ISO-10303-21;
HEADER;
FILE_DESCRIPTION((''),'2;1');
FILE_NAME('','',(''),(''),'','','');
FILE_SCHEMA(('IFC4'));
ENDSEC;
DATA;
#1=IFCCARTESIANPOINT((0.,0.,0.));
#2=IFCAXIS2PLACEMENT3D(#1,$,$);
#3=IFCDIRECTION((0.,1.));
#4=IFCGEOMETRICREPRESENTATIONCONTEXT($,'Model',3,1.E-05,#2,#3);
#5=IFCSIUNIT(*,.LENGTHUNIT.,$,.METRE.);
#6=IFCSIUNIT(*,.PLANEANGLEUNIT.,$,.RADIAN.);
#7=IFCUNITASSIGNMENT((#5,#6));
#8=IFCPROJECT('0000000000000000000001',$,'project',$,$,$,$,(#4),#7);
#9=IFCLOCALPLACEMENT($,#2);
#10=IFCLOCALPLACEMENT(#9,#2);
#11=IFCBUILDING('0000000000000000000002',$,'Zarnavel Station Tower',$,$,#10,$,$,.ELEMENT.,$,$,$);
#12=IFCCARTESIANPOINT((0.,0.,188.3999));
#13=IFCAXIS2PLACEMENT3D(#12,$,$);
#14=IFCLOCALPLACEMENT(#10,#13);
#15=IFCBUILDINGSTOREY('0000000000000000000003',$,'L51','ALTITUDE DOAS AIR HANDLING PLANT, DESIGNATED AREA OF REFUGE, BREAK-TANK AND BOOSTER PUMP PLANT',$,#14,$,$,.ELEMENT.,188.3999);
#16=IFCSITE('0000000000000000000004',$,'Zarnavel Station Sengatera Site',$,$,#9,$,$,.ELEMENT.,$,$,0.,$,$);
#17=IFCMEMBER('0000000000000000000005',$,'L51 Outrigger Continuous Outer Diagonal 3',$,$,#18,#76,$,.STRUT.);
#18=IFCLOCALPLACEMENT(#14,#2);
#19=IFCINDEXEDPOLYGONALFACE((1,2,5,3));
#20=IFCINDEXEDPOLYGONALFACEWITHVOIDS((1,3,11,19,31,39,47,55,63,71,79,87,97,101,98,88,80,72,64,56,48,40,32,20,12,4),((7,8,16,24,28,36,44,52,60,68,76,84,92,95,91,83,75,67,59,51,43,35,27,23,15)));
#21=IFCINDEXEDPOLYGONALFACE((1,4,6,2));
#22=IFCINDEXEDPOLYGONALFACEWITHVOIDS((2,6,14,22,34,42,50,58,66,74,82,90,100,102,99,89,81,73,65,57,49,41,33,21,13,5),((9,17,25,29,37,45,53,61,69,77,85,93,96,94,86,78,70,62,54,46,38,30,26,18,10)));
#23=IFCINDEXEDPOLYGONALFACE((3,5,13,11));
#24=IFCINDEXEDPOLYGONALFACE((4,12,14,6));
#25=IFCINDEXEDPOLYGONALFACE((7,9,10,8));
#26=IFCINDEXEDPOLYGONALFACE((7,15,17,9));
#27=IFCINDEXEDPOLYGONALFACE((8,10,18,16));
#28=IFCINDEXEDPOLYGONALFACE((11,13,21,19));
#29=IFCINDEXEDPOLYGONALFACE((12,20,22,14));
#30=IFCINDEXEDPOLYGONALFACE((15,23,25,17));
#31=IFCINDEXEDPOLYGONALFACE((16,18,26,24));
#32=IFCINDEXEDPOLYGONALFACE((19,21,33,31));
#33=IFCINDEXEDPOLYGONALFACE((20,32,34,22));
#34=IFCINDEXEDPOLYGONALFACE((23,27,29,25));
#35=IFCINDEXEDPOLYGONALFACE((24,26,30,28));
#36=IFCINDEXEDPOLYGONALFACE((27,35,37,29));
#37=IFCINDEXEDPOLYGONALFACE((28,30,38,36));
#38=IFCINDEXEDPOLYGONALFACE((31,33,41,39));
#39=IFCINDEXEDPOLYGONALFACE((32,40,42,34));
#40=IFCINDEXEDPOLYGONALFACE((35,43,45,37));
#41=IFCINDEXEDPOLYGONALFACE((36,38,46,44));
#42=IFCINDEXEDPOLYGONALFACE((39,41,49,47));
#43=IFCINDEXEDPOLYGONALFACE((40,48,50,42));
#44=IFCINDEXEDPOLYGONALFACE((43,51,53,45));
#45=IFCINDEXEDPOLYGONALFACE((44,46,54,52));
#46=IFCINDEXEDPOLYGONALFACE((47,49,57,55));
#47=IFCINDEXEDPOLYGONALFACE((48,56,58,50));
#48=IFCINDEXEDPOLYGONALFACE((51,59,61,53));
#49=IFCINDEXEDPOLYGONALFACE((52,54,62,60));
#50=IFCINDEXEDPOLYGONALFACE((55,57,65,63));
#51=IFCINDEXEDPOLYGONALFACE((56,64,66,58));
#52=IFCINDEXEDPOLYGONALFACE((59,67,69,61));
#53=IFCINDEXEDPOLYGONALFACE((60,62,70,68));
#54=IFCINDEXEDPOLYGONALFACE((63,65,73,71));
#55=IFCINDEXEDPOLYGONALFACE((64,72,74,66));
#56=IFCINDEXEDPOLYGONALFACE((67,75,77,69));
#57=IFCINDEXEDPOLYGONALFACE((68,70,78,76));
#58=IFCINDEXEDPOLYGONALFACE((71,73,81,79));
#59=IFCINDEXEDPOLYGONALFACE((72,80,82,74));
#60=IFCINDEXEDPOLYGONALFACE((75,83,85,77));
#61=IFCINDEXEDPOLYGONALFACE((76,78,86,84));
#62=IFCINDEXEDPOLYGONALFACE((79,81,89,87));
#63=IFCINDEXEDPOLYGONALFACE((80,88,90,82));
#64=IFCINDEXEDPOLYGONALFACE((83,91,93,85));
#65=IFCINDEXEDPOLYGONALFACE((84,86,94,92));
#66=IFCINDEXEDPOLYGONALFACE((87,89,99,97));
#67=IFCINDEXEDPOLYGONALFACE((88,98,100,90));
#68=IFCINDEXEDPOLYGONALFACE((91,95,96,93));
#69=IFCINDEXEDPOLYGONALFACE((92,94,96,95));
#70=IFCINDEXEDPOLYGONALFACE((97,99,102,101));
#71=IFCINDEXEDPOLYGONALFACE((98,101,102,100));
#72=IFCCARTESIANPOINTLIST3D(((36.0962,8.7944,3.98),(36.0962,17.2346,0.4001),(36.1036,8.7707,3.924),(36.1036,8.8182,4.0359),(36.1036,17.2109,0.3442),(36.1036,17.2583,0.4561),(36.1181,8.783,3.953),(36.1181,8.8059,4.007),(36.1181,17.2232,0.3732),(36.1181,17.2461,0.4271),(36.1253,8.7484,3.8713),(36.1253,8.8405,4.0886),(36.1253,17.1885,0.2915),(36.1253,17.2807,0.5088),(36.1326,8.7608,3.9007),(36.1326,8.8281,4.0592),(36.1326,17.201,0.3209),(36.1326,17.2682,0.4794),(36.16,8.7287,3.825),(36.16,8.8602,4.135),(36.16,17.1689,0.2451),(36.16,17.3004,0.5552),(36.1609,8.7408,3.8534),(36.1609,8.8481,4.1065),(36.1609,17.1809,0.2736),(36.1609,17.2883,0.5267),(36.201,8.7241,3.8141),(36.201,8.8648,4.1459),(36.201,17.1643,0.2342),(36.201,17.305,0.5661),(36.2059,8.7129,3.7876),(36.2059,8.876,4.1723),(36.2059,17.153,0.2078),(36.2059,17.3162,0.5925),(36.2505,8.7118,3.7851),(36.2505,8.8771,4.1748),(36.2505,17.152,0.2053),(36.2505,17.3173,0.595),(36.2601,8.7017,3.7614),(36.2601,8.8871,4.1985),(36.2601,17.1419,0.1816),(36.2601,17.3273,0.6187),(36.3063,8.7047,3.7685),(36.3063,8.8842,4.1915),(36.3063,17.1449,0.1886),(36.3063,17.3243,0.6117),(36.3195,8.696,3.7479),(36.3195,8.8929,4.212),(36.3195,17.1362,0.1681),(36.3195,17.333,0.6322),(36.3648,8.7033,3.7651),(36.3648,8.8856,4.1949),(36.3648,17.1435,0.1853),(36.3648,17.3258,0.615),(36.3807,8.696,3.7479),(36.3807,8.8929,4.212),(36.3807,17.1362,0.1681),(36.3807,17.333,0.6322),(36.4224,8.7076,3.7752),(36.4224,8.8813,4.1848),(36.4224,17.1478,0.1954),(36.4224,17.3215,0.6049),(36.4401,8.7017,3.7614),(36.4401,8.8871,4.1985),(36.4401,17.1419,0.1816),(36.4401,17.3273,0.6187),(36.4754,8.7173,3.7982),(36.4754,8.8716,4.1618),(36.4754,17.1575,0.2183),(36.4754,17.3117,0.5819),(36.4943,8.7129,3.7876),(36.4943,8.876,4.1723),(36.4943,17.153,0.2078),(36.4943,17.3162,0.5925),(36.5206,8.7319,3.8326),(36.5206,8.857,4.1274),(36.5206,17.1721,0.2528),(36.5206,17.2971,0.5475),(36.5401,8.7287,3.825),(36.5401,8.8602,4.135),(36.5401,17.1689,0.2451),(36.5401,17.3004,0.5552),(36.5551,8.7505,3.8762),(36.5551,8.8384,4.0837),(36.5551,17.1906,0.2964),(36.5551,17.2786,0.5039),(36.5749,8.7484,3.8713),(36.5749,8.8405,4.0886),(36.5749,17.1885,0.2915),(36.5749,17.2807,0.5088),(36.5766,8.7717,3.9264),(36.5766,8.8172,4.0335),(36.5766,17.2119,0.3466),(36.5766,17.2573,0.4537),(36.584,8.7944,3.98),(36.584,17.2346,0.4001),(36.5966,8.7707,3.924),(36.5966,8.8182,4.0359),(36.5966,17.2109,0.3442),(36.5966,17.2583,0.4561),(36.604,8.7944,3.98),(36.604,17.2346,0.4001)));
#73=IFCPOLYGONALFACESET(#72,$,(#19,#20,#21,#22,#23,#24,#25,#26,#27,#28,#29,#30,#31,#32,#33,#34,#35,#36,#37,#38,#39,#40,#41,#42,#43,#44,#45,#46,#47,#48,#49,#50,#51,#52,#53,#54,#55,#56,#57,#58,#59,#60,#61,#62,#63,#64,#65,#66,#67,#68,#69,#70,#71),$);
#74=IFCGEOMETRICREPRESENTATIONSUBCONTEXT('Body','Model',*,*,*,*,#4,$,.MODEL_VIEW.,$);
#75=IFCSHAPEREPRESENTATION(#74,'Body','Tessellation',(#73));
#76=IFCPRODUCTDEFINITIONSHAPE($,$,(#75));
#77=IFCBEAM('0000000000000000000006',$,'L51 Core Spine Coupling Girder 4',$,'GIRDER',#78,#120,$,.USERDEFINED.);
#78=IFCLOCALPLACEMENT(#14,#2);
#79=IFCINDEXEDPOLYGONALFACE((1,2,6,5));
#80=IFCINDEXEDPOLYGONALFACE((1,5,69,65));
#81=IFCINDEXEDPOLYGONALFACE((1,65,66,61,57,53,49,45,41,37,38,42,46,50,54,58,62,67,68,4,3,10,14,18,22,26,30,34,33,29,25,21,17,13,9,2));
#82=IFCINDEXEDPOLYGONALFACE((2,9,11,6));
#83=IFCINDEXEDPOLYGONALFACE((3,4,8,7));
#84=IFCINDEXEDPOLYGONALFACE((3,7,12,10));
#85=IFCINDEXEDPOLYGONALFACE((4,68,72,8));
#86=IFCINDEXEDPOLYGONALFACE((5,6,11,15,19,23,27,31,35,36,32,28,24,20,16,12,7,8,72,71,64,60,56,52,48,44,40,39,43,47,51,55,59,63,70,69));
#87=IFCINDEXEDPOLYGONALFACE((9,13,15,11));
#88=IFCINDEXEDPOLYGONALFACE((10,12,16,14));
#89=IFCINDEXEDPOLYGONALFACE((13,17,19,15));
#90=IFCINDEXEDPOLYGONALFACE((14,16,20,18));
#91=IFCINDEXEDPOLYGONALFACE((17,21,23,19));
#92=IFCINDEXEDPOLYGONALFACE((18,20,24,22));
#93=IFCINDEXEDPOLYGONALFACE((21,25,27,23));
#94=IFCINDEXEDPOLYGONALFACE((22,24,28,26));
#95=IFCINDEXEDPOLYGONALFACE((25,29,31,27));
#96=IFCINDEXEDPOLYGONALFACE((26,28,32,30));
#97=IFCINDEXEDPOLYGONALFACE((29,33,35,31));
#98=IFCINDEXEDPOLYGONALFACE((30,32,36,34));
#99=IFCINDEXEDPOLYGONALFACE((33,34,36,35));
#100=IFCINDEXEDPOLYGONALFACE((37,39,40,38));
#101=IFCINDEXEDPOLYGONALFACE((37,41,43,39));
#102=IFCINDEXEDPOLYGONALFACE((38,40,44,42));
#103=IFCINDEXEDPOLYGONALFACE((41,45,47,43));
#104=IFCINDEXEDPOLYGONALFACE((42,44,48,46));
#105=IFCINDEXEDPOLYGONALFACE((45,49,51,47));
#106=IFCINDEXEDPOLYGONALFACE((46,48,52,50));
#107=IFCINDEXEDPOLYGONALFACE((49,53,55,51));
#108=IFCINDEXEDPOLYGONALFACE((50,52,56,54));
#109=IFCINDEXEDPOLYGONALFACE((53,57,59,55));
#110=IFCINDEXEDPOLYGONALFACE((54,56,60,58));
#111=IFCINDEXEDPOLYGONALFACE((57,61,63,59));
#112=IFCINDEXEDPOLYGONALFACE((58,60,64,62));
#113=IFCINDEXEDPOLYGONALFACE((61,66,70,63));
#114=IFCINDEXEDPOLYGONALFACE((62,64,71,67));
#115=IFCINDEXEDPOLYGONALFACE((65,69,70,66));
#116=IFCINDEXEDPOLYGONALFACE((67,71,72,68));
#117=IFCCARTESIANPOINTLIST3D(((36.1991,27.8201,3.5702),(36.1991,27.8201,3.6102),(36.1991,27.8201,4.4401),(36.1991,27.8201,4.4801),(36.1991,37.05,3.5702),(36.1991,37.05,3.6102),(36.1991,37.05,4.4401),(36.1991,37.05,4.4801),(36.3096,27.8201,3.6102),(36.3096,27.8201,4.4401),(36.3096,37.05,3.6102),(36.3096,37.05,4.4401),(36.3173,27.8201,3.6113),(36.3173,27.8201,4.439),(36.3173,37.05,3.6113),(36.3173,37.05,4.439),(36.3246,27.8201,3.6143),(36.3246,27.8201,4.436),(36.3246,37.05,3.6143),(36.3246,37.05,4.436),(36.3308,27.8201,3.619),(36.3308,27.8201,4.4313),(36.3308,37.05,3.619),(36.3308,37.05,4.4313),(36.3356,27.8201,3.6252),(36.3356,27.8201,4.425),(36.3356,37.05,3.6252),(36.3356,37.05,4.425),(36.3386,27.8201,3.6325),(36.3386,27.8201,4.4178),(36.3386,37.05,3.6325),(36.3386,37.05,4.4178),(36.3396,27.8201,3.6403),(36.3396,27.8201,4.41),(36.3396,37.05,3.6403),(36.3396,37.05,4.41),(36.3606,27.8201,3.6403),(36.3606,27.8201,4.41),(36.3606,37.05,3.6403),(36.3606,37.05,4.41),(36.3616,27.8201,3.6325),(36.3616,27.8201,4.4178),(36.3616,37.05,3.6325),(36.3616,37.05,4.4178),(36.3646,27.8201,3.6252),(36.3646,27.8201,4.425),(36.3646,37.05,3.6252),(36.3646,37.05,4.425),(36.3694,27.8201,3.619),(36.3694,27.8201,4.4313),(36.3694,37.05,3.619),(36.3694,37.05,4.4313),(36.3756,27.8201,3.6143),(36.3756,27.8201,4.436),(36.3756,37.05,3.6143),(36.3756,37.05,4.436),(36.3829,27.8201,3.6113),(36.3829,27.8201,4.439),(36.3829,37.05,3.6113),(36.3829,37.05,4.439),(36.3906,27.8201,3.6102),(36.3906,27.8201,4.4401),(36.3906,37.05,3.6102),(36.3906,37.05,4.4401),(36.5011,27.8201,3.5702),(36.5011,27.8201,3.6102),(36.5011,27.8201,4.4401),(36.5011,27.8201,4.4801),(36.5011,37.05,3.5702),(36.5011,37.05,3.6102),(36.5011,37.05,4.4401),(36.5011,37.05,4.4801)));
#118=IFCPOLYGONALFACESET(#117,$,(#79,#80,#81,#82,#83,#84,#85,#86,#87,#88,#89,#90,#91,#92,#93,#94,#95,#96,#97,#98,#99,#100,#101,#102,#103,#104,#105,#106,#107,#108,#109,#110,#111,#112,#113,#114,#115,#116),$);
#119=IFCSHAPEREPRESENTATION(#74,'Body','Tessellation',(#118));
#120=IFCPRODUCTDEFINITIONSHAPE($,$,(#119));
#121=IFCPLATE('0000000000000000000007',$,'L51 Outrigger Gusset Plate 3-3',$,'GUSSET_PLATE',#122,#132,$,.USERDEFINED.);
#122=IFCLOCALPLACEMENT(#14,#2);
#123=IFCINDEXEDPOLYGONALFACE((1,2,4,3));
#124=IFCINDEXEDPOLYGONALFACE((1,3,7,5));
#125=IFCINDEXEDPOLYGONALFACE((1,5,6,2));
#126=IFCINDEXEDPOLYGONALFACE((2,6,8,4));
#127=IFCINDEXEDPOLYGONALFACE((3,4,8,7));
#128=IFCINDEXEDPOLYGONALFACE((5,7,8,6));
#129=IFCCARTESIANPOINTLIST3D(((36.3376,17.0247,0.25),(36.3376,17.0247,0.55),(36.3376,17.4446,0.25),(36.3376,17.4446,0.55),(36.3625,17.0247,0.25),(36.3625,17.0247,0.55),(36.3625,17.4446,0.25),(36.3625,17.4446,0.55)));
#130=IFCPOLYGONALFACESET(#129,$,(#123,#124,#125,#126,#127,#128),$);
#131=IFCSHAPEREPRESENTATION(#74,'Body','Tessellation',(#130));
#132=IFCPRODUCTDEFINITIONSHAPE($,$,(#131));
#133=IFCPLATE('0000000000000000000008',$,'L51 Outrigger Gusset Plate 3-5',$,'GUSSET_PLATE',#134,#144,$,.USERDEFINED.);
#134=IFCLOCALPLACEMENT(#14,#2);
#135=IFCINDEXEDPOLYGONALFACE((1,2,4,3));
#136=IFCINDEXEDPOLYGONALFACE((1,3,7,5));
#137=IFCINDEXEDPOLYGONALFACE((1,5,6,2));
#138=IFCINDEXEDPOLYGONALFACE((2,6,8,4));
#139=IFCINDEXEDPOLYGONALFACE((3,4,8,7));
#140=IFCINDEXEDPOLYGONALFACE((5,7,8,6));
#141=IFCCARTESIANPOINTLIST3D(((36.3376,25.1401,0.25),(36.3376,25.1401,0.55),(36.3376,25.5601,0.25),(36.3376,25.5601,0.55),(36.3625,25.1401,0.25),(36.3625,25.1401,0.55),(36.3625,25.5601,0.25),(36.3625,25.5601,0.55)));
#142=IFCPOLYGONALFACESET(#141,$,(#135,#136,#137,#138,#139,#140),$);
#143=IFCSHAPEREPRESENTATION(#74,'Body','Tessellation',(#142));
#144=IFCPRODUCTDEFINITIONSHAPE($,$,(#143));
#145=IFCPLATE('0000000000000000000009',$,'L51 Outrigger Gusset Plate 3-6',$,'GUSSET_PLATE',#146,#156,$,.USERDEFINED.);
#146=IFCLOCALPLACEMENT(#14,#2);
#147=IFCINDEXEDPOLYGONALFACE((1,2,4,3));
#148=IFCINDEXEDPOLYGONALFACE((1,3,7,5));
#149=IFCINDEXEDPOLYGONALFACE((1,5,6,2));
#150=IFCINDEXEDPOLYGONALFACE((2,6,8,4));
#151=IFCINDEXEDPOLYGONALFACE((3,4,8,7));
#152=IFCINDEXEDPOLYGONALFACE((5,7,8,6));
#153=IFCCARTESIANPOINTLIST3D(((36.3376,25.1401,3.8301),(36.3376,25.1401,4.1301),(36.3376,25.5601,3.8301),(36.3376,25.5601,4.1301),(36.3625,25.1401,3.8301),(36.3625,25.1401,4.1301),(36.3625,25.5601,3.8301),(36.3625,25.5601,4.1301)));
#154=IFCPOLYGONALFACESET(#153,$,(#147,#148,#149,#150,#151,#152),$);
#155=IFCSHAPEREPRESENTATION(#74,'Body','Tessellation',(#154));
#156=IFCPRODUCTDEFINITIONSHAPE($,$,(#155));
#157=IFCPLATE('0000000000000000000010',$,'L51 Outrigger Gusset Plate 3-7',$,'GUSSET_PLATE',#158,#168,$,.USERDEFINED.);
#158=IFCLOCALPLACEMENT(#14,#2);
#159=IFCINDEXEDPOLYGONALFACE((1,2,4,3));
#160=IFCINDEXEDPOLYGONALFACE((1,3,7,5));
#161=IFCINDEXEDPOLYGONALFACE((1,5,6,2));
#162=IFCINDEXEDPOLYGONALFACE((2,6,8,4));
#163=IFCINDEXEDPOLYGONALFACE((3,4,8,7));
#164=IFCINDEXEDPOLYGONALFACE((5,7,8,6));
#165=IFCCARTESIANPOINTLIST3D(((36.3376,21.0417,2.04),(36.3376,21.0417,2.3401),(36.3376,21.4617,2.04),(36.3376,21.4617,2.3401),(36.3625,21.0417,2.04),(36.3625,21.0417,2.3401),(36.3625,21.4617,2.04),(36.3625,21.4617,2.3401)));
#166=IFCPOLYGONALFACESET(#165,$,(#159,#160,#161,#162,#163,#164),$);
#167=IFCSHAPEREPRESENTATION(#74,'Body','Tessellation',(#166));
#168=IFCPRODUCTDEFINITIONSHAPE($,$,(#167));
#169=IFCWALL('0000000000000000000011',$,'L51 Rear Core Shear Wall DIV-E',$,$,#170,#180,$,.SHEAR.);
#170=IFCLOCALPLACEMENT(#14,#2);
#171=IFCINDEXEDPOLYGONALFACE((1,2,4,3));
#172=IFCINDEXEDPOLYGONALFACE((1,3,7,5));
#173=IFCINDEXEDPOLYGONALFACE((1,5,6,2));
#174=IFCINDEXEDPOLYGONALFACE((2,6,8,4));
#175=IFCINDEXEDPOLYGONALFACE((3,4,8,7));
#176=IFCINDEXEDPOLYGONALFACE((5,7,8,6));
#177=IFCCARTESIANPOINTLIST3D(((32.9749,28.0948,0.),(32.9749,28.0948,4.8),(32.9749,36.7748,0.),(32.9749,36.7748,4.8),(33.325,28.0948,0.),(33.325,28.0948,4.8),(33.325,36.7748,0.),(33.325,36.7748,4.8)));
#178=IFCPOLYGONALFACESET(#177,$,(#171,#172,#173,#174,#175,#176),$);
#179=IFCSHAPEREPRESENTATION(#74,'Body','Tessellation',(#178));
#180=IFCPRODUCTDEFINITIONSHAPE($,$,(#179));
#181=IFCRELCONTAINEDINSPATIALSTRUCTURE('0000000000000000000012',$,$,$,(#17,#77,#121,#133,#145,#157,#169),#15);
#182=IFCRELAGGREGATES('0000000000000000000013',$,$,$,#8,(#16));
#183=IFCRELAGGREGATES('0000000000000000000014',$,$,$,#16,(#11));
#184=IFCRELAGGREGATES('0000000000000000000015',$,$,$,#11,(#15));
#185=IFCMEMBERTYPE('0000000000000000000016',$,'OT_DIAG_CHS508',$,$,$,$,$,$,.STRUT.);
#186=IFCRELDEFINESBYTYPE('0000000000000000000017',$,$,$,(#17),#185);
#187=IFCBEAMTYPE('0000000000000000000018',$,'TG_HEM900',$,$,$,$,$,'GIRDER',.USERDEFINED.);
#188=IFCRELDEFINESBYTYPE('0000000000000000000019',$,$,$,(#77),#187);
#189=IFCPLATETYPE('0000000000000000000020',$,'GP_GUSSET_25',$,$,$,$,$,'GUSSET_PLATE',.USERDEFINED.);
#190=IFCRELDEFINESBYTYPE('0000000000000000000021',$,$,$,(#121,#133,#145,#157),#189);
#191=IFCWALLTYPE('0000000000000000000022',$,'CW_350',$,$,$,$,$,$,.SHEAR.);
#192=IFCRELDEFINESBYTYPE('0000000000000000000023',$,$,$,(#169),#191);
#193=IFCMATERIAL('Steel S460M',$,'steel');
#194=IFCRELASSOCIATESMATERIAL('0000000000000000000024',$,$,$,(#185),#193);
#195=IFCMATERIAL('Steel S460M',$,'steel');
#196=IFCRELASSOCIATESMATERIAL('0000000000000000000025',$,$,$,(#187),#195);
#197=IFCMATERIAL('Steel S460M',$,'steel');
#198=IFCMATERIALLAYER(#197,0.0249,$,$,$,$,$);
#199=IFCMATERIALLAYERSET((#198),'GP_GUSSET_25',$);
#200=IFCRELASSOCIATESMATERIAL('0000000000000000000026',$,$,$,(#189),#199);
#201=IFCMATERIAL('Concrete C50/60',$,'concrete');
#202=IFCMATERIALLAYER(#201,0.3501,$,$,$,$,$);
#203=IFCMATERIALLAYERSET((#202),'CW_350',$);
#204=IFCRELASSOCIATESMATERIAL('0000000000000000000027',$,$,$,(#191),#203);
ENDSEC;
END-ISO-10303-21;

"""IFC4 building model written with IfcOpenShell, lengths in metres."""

from ifc_helpers import new_model, si_unit, direction, frame, frame_2d, origin, origin_2d, place, context, subcontext, project, spatial, rectangle, hollow_circle, i_section, extrude, material, layer, layer_set, material_profile, profile_set, type_object, element, save


model = new_model("IFC4")

# Units and contexts
model_context = context("Model", 3, precision=1e-05, world=origin(), true_north=direction((0.0, 1.0)))
body_context = subcontext(model_context, "Body", "Model", "MODEL_VIEW")
ifc_project = project(units=[si_unit("LENGTHUNIT", "METRE"), si_unit("PLANEANGLEUNIT", "RADIAN")], contexts=[model_context])

# Site, building, storey
site_placement = place(None, origin())
site = spatial("IfcSite", under=ifc_project, at=site_placement, Name="Zarnavel Station Sengatera Site", CompositionType="ELEMENT", RefElevation=0.0)
building_placement = place(site_placement, origin())
building = spatial("IfcBuilding", under=site, at=building_placement, Name="Zarnavel Station Tower", CompositionType="ELEMENT")
storey_placement = place(building_placement, frame((0.0, 0.0, 188.3999)))
storey = spatial("IfcBuildingStorey", under=building, at=storey_placement, Name="L51", Description="ALTITUDE DOAS AIR HANDLING PLANT, DESIGNATED AREA OF REFUGE, BREAK-TANK AND BOOSTER PUMP PLANT", CompositionType="ELEMENT", Elevation=188.3999)

# Member
ifc_material_1 = material(Name="Steel S460M", Category="steel")
ifc_material_profile_1 = material_profile(ifc_material_1, hollow_circle(Radius=0.2539, WallThickness=0.02, at=origin_2d()), Name="CHS508x20")
ifc_profile_set_1 = profile_set([ifc_material_profile_1], Name="Steel S460M")
member_type = type_object("IfcMemberType", Name="OT_DIAG_CHS508", PredefinedType="STRUT", material=ifc_profile_set_1)
member_1_placement = place(storey_placement, frame((36.3501, 17.2346, 0.4001), z_axis=(0.0, -0.920615, 0.390471), x_axis=(1.0, 0.0, 0.0)))
element("IfcMember", 1, at=member_1_placement, inside=storey, type_object=member_type, Name="L51 Outrigger Continuous Outer Diagonal 3", PredefinedType="STRUT", context=body_context, shape_type="SweptSolid", body=[
    extrude(hollow_circle(Radius=0.2539, WallThickness=0.02, at=origin_2d()), origin(), (0.0, 0.0, 1.0), 9.168),
])

# Beam
ifc_material_2 = material(Name="Steel S460M", Category="steel")
ifc_material_profile_2 = material_profile(ifc_material_2, i_section(OverallWidth=0.302, OverallDepth=0.9099, WebThickness=0.021, FlangeThickness=0.04, FilletRadius=0.03, at=origin_2d()), Name="HEM900")
ifc_profile_set_2 = profile_set([ifc_material_profile_2], Name="Steel S460M")
beam_type_1 = type_object("IfcBeamType", Name="TG_HEM900", ElementType="GIRDER", PredefinedType="USERDEFINED", material=ifc_profile_set_2)
beam_1_placement = place(storey_placement, frame((36.3501, 27.8201, 4.0251), z_axis=(0.0, 1.0, 0.0), x_axis=(-1.0, 0.0, 0.0)))
element("IfcBeam", 2, at=beam_1_placement, inside=storey, type_object=beam_type_1, Name="L51 Core Spine Coupling Girder 4", ObjectType="GIRDER", PredefinedType="USERDEFINED", context=body_context, shape_type="SweptSolid", body=[
    extrude(i_section(OverallWidth=0.302, OverallDepth=0.9099, WebThickness=0.021, FlangeThickness=0.04, FilletRadius=0.03, at=origin_2d()), origin(), (0.0, 0.0, 1.0), 9.23),
])

# Plates
ifc_material_3 = material(Name="Steel S460M", Category="steel")
ifc_layer_1 = layer(ifc_material_3, 0.0249)
ifc_layer_set_1 = layer_set([ifc_layer_1], Name="GP_GUSSET_25")
plate_type = type_object("IfcPlateType", Name="GP_GUSSET_25", ElementType="GUSSET_PLATE", PredefinedType="USERDEFINED", material=ifc_layer_set_1)
for number, where, z_axis, x_axis, name in (
    (3, (36.3501, 17.2346, 0.25), (0.0, 0.0, 1.0), (1.0, 0.0, 0.0), "L51 Outrigger Gusset Plate 3-3"),
    (4, (36.3501, 25.3501, 0.25), (0.0, 0.0, 1.0), (1.0, 0.0, 0.0), "L51 Outrigger Gusset Plate 3-5"),
    (5, (36.3501, 25.3501, 3.8301), (0.0, 0.0, 1.0), (1.0, 0.0, 0.0), "L51 Outrigger Gusset Plate 3-6"),
    (6, (36.3501, 21.2517, 2.04), (0.0, 0.0, 1.0), (1.0, 0.0, 0.0), "L51 Outrigger Gusset Plate 3-7"),
):
    element("IfcPlate", number, at=place(storey_placement, frame(where, z_axis=z_axis, x_axis=x_axis)), inside=storey, type_object=plate_type, Name=name, ObjectType="GUSSET_PLATE", PredefinedType="USERDEFINED", context=body_context, shape_type="SweptSolid", body=[
        extrude(rectangle(XDim=0.0249, YDim=0.4199, at=origin_2d()), origin(), (0.0, 0.0, 1.0), 0.3),
    ])

# Wall
ifc_material_4 = material(Name="Concrete C50/60", Category="concrete")
ifc_layer_2 = layer(ifc_material_4, 0.3501)
ifc_layer_set_2 = layer_set([ifc_layer_2], Name="CW_350")
wall_type_1 = type_object("IfcWallType", Name="CW_350", PredefinedType="SHEAR", material=ifc_layer_set_2)
wall_1_placement = place(storey_placement, frame((33.1499, 28.095, 0.0), z_axis=(0.0, 0.0, 1.0), x_axis=(0.0, 1.0, 0.0)))
element("IfcWall", 7, at=wall_1_placement, inside=storey, type_object=wall_type_1, Name="L51 Rear Core Shear Wall DIV-E", PredefinedType="SHEAR", context=body_context, shape_type="SweptSolid", body=[
    extrude(rectangle(XDim=8.6799, YDim=0.3501, at=frame_2d((4.3398, 0.0))), origin(), (0.0, 0.0, 1.0), 4.8),
])

save(model, "model.ifc")
